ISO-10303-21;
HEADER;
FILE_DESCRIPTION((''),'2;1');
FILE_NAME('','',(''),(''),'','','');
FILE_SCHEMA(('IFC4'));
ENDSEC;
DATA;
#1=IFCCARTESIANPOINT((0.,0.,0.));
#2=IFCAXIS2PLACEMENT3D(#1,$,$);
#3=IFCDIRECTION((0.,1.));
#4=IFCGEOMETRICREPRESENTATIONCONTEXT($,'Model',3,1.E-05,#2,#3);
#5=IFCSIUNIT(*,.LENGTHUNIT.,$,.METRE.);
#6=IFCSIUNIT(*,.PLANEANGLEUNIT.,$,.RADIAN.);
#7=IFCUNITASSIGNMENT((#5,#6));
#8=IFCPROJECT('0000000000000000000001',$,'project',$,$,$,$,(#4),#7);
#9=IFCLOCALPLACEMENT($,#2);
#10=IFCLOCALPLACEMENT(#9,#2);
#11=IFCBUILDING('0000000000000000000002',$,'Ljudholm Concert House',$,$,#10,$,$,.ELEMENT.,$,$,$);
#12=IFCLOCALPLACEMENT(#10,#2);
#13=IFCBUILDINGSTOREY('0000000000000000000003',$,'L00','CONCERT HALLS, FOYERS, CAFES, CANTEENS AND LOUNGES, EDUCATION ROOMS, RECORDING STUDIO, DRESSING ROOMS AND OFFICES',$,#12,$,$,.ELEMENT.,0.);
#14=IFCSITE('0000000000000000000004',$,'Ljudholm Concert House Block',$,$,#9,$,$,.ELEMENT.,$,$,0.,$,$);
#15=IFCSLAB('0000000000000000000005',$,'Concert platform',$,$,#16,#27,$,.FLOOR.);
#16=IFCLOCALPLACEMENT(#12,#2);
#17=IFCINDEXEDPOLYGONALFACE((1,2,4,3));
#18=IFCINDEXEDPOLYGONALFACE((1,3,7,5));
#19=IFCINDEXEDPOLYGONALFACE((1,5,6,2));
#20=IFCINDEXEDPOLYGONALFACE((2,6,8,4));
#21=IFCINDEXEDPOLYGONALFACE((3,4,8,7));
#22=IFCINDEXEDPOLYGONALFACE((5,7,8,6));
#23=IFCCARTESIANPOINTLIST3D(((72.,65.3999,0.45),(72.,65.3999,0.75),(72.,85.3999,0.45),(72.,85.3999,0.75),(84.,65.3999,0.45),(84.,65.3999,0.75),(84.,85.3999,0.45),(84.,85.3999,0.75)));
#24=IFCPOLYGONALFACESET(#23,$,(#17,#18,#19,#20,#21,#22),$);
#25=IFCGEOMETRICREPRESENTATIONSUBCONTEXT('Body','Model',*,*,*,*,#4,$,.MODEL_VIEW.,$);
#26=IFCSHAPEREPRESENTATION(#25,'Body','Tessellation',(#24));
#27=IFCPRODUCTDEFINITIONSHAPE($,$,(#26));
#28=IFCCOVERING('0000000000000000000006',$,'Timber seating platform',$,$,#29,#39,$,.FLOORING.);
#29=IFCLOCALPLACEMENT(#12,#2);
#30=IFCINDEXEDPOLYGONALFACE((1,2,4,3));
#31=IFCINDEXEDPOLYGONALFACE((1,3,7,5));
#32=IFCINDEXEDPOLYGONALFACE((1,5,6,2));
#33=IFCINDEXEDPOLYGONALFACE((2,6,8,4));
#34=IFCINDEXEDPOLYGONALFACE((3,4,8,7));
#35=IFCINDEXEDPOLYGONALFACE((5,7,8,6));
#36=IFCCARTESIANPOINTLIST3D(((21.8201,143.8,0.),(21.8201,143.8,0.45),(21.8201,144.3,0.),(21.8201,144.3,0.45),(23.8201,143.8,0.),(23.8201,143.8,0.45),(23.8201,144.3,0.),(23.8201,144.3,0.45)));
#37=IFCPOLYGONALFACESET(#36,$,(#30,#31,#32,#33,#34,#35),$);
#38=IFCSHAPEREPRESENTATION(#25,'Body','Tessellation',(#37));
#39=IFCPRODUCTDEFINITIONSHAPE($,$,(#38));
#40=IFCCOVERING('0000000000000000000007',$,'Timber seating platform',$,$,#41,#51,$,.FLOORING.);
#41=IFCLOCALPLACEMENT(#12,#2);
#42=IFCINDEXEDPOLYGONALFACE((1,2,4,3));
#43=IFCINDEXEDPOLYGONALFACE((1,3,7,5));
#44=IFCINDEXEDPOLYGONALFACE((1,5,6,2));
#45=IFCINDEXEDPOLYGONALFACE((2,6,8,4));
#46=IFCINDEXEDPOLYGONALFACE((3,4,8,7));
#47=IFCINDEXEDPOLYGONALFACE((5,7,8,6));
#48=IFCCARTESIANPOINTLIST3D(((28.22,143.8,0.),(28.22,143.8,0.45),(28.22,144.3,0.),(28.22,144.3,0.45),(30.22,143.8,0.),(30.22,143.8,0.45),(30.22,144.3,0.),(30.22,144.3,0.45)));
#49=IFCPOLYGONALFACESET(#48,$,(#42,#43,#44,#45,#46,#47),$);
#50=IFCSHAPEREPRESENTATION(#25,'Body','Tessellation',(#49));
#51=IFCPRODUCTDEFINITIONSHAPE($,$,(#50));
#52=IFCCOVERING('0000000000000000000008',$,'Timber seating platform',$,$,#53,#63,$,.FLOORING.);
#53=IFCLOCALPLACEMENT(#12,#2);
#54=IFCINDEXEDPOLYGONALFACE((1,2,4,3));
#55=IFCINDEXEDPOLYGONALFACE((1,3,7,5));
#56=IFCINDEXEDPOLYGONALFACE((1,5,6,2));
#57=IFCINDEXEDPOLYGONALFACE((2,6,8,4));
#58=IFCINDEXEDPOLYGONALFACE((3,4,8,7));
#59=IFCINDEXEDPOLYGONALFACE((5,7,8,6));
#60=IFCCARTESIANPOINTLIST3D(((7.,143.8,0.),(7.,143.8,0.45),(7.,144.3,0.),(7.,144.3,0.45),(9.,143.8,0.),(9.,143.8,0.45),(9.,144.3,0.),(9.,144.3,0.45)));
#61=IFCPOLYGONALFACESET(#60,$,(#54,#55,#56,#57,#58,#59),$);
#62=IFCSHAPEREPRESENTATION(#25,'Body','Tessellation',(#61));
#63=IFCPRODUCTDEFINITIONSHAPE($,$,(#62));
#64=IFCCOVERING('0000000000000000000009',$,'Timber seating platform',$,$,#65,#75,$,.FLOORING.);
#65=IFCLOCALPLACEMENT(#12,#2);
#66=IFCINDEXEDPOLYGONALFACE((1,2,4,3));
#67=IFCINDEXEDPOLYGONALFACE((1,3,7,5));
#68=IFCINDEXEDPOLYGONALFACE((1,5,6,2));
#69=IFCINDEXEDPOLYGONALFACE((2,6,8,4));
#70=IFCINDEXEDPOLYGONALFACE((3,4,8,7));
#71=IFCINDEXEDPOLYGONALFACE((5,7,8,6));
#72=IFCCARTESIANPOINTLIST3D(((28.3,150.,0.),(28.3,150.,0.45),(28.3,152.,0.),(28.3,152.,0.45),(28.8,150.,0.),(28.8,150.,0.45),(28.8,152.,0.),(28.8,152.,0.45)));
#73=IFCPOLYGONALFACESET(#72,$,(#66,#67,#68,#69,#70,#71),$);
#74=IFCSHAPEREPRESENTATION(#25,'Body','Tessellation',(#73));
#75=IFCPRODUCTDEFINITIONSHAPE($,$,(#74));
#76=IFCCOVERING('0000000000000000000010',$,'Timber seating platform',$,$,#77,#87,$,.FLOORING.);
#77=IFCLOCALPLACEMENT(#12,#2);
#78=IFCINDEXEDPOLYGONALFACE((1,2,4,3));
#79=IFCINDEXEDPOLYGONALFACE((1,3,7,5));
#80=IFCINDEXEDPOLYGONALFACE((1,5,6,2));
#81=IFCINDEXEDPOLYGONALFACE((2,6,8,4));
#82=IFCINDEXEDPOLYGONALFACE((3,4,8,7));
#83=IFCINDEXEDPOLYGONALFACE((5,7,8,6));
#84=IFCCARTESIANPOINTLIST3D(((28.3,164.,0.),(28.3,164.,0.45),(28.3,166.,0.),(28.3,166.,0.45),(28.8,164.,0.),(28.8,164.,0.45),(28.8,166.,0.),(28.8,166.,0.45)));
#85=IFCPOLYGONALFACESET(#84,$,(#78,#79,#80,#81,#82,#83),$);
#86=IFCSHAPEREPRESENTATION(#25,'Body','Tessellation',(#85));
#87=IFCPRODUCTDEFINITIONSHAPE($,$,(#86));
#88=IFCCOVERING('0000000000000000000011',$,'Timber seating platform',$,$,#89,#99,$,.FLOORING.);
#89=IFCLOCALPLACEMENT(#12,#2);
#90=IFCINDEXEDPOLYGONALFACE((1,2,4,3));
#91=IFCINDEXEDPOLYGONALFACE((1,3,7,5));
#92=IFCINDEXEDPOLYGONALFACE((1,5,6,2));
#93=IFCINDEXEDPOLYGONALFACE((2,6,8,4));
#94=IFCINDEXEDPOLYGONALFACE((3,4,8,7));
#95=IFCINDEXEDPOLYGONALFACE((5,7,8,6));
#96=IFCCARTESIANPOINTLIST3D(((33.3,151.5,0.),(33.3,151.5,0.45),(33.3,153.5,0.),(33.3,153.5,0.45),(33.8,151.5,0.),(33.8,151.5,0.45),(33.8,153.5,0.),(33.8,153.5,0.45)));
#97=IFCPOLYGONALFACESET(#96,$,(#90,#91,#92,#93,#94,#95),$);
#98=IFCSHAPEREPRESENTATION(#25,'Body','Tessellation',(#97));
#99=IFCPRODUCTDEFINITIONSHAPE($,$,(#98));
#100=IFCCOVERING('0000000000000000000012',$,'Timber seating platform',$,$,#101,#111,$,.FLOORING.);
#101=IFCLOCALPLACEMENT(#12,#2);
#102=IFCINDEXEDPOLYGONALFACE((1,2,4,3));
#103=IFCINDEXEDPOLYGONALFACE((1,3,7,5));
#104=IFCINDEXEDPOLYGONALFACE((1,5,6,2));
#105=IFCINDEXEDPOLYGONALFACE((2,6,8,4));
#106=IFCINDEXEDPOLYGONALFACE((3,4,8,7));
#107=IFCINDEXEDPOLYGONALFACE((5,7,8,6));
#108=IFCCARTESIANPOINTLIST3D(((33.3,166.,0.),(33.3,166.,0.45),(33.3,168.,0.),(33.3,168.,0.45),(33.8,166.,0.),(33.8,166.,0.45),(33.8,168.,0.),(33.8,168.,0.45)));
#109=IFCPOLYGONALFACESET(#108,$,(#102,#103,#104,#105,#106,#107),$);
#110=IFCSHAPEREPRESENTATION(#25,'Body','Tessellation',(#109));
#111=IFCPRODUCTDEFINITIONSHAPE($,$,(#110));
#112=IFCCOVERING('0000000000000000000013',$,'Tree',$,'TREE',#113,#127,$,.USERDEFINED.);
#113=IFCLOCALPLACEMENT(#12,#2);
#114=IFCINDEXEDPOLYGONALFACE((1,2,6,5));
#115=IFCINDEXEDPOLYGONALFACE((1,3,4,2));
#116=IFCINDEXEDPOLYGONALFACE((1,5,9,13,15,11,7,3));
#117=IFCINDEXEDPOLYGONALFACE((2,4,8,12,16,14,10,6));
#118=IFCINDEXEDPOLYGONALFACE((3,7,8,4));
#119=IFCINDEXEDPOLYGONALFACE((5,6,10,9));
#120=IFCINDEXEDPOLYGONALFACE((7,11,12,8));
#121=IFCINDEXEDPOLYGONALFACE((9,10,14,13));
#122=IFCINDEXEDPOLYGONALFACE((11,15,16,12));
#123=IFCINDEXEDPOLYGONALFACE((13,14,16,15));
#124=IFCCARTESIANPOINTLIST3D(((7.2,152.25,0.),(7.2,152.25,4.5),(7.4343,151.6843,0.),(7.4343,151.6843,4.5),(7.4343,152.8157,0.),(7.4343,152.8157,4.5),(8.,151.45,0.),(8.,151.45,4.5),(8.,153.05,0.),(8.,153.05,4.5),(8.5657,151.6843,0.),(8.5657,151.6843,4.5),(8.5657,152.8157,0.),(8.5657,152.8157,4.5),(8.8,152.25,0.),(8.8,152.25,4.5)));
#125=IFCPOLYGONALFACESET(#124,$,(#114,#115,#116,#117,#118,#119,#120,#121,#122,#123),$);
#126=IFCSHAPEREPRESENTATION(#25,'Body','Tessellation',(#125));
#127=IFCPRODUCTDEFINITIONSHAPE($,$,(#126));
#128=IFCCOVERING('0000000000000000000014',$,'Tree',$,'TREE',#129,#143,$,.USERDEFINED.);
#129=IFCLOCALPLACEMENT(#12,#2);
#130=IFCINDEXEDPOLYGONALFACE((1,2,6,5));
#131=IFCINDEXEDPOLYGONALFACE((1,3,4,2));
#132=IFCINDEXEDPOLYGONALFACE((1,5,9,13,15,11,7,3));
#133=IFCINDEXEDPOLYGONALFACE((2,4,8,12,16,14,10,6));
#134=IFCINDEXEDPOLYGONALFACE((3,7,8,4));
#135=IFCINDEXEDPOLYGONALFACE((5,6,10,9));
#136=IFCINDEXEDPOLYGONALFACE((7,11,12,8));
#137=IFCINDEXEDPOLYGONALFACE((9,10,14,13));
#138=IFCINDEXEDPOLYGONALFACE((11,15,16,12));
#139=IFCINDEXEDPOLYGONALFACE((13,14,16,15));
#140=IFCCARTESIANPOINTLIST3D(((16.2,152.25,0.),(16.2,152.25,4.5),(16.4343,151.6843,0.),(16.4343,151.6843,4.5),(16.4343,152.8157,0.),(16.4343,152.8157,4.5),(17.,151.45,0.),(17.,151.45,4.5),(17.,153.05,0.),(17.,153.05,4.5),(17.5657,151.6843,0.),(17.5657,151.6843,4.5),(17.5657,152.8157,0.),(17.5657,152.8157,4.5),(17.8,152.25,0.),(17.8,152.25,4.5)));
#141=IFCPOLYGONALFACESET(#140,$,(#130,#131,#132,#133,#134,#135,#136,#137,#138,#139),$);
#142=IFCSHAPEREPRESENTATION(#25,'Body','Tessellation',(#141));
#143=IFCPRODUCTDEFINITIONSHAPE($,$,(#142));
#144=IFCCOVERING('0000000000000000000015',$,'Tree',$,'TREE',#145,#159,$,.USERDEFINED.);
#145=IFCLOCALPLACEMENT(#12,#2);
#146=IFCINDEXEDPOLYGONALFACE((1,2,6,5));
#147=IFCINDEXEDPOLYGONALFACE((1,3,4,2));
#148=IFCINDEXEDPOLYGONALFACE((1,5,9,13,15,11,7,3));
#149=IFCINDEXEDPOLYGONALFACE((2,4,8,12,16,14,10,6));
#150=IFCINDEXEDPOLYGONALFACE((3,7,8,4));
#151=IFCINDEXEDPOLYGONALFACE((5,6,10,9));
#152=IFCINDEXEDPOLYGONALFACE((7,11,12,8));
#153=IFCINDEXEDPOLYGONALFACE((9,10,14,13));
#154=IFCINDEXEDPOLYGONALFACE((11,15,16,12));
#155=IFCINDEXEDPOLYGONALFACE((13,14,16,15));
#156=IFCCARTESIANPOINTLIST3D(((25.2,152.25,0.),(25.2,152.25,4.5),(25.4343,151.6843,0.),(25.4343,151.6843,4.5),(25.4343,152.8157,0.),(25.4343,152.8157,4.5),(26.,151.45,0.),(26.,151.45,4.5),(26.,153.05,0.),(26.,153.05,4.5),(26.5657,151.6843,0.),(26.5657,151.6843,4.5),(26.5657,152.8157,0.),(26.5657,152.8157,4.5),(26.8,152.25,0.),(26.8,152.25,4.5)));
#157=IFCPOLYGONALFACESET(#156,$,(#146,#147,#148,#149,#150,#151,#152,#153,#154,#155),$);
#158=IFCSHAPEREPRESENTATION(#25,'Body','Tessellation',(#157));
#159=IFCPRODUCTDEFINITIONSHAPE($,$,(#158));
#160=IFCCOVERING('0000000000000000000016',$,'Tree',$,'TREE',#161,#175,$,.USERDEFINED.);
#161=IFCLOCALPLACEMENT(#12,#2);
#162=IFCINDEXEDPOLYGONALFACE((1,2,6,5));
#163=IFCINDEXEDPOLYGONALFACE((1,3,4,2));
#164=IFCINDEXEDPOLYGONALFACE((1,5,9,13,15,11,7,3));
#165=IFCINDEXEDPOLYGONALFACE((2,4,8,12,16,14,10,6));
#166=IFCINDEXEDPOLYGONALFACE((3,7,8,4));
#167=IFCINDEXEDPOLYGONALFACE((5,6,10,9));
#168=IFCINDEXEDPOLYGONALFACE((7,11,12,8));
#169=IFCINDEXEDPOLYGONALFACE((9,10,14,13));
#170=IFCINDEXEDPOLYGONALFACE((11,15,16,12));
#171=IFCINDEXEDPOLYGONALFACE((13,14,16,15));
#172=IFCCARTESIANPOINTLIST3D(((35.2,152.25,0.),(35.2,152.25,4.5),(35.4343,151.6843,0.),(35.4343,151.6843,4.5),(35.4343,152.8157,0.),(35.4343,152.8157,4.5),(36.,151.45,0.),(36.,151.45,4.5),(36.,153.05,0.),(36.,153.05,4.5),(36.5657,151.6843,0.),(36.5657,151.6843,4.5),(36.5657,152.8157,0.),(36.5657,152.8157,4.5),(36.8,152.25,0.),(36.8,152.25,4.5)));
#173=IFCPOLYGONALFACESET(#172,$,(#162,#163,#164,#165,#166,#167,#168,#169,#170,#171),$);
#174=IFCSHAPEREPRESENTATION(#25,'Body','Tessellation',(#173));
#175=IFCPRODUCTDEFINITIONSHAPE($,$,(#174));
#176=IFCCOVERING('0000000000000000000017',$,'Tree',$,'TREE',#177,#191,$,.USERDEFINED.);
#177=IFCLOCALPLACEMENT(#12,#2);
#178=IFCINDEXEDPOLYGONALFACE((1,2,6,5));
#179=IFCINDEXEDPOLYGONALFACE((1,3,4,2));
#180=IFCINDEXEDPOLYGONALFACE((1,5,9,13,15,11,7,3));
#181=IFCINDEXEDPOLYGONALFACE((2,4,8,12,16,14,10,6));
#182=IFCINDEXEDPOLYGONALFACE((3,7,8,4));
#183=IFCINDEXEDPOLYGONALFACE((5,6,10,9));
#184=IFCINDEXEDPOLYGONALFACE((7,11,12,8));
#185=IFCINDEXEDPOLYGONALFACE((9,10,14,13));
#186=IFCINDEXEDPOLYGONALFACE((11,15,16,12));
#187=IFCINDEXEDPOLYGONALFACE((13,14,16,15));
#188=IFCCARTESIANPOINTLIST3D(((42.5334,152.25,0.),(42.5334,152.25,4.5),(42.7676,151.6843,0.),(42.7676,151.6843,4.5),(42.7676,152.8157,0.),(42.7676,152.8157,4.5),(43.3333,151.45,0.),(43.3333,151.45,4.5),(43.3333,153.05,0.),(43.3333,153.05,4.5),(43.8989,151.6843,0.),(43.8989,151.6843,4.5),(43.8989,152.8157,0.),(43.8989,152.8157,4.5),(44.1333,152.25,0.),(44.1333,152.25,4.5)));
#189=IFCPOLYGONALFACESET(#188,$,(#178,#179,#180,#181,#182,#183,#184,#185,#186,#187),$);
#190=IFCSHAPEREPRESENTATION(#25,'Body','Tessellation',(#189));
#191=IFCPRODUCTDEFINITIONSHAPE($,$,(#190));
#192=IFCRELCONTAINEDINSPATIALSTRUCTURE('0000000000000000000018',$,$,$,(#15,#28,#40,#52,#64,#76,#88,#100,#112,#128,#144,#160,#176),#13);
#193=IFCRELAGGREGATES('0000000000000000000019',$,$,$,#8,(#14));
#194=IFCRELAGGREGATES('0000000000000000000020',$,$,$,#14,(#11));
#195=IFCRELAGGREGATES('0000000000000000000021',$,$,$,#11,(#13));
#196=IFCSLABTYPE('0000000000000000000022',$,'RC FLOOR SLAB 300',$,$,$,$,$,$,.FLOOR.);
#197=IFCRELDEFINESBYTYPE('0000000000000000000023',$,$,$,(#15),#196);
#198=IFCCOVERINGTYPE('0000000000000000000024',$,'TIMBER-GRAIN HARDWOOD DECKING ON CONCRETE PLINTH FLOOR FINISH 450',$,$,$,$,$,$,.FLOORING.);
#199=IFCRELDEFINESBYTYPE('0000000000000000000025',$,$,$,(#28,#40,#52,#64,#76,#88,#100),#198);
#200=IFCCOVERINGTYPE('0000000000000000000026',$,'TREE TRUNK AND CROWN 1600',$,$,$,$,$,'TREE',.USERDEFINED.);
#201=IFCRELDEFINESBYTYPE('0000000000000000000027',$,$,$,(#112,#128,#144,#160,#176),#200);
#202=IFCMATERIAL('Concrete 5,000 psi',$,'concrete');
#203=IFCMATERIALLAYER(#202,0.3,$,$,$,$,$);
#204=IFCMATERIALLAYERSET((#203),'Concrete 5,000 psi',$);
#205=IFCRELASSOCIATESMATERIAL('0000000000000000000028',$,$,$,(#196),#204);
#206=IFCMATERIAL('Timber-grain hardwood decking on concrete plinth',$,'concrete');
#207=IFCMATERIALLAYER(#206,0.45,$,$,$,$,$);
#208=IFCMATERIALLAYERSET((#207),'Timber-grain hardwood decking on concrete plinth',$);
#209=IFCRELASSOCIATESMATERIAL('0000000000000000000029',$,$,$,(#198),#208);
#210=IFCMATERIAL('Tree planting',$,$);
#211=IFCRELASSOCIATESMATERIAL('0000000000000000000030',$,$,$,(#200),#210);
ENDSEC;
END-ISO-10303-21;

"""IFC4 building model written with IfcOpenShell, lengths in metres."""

from ifc_helpers import new_model, si_unit, direction, frame, origin, place, context, subcontext, project, spatial, polyline, outline, extrude, material, layer, layer_set, type_object, element, save


model = new_model("IFC4")

# Units and contexts
model_context = context("Model", 3, precision=1e-05, world=origin(), true_north=direction((0.0, 1.0)))
body_context = subcontext(model_context, "Body", "Model", "MODEL_VIEW")
ifc_project = project(units=[si_unit("LENGTHUNIT", "METRE"), si_unit("PLANEANGLEUNIT", "RADIAN")], contexts=[model_context])

# Site, building, storey
site_placement = place(None, origin())
site = spatial("IfcSite", under=ifc_project, at=site_placement, Name="Ljudholm Concert House Block", CompositionType="ELEMENT", RefElevation=0.0)
building_placement = place(site_placement, origin())
building = spatial("IfcBuilding", under=site, at=building_placement, Name="Ljudholm Concert House", CompositionType="ELEMENT")
storey_placement = place(building_placement, origin())
storey = spatial("IfcBuildingStorey", under=building, at=storey_placement, Name="L00", Description="CONCERT HALLS, FOYERS, CAFES, CANTEENS AND LOUNGES, EDUCATION ROOMS, RECORDING STUDIO, DRESSING ROOMS AND OFFICES", CompositionType="ELEMENT", Elevation=0.0)

# Slab
ifc_material_1 = material(Name="Concrete 5,000 psi", Category="concrete")
ifc_layer_1 = layer(ifc_material_1, 0.3)
ifc_layer_set_1 = layer_set([ifc_layer_1], Name="Concrete 5,000 psi")
slab_type = type_object("IfcSlabType", Name="RC FLOOR SLAB 300", PredefinedType="FLOOR", material=ifc_layer_set_1)
slab_placement = place(storey_placement, frame((0.0, 0.0, 0.45)))
element("IfcSlab", 1, at=slab_placement, inside=storey, type_object=slab_type, Name="Concert platform", PredefinedType="FLOOR", context=body_context, shape_type="SweptSolid", body=[
    extrude(outline(polyline([(72.0, 65.3999), (84.0, 65.3999), (84.0, 85.3999), (72.0, 85.3999), (72.0, 65.3999)])), origin(), (0.0, 0.0, 1.0), 0.3),
])

# Coverings
ifc_material_2 = material(Name="Timber-grain hardwood decking on concrete plinth", Category="concrete")
ifc_layer_2 = layer(ifc_material_2, 0.45)
ifc_layer_set_2 = layer_set([ifc_layer_2], Name="Timber-grain hardwood decking on concrete plinth")
covering_type_1 = type_object("IfcCoveringType", Name="TIMBER-GRAIN HARDWOOD DECKING ON CONCRETE PLINTH FLOOR FINISH 450", PredefinedType="FLOORING", material=ifc_layer_set_2)
covering_1_placement = place(storey_placement, origin())
element("IfcCovering", 2, at=covering_1_placement, inside=storey, type_object=covering_type_1, Name="Timber seating platform", PredefinedType="FLOORING", context=body_context, shape_type="SweptSolid", body=[
    extrude(outline(polyline([(21.8201, 143.8), (23.8201, 143.8), (23.8201, 144.3), (21.8201, 144.3), (21.8201, 143.8)])), origin(), (0.0, 0.0, 1.0), 0.45),
])
covering_2_placement = place(storey_placement, origin())
element("IfcCovering", 3, at=covering_2_placement, inside=storey, type_object=covering_type_1, Name="Timber seating platform", PredefinedType="FLOORING", context=body_context, shape_type="SweptSolid", body=[
    extrude(outline(polyline([(28.22, 143.8), (30.22, 143.8), (30.22, 144.3), (28.22, 144.3), (28.22, 143.8)])), origin(), (0.0, 0.0, 1.0), 0.45),
])
covering_3_placement = place(storey_placement, origin())
element("IfcCovering", 4, at=covering_3_placement, inside=storey, type_object=covering_type_1, Name="Timber seating platform", PredefinedType="FLOORING", context=body_context, shape_type="SweptSolid", body=[
    extrude(outline(polyline([(7.0, 143.8), (9.0, 143.8), (9.0, 144.3), (7.0, 144.3), (7.0, 143.8)])), origin(), (0.0, 0.0, 1.0), 0.45),
])
covering_4_placement = place(storey_placement, origin())
element("IfcCovering", 5, at=covering_4_placement, inside=storey, type_object=covering_type_1, Name="Timber seating platform", PredefinedType="FLOORING", context=body_context, shape_type="SweptSolid", body=[
    extrude(outline(polyline([(28.3, 150.0), (28.8, 150.0), (28.8, 152.0), (28.3, 152.0), (28.3, 150.0)])), origin(), (0.0, 0.0, 1.0), 0.45),
])
covering_5_placement = place(storey_placement, origin())
element("IfcCovering", 6, at=covering_5_placement, inside=storey, type_object=covering_type_1, Name="Timber seating platform", PredefinedType="FLOORING", context=body_context, shape_type="SweptSolid", body=[
    extrude(outline(polyline([(28.3, 164.0), (28.8, 164.0), (28.8, 166.0), (28.3, 166.0), (28.3, 164.0)])), origin(), (0.0, 0.0, 1.0), 0.45),
])
covering_6_placement = place(storey_placement, origin())
element("IfcCovering", 7, at=covering_6_placement, inside=storey, type_object=covering_type_1, Name="Timber seating platform", PredefinedType="FLOORING", context=body_context, shape_type="SweptSolid", body=[
    extrude(outline(polyline([(33.3, 151.5), (33.8, 151.5), (33.8, 153.5), (33.3, 153.5), (33.3, 151.5)])), origin(), (0.0, 0.0, 1.0), 0.45),
])
covering_7_placement = place(storey_placement, origin())
element("IfcCovering", 8, at=covering_7_placement, inside=storey, type_object=covering_type_1, Name="Timber seating platform", PredefinedType="FLOORING", context=body_context, shape_type="SweptSolid", body=[
    extrude(outline(polyline([(33.3, 166.0), (33.8, 166.0), (33.8, 168.0), (33.3, 168.0), (33.3, 166.0)])), origin(), (0.0, 0.0, 1.0), 0.45),
])
ifc_material_3 = material(Name="Tree planting")
covering_type_2 = type_object("IfcCoveringType", Name="TREE TRUNK AND CROWN 1600", ElementType="TREE", PredefinedType="USERDEFINED", material=ifc_material_3)
covering_8_placement = place(storey_placement, origin())
element("IfcCovering", 9, at=covering_8_placement, inside=storey, type_object=covering_type_2, Name="Tree", ObjectType="TREE", PredefinedType="USERDEFINED", context=body_context, shape_type="SweptSolid", body=[
    extrude(outline(polyline([(8.8, 152.25), (8.5657, 152.8157), (8.0, 153.05), (7.4343, 152.8157), (7.2, 152.25), (7.4343, 151.6843), (8.0, 151.45), (8.5657, 151.6843), (8.8, 152.25)])), origin(), (0.0, 0.0, 1.0), 4.5),
])
covering_9_placement = place(storey_placement, origin())
element("IfcCovering", 10, at=covering_9_placement, inside=storey, type_object=covering_type_2, Name="Tree", ObjectType="TREE", PredefinedType="USERDEFINED", context=body_context, shape_type="SweptSolid", body=[
    extrude(outline(polyline([(17.8, 152.25), (17.5657, 152.8157), (17.0, 153.05), (16.4343, 152.8157), (16.2, 152.25), (16.4343, 151.6843), (17.0, 151.45), (17.5657, 151.6843), (17.8, 152.25)])), origin(), (0.0, 0.0, 1.0), 4.5),
])
covering_10_placement = place(storey_placement, origin())
element("IfcCovering", 11, at=covering_10_placement, inside=storey, type_object=covering_type_2, Name="Tree", ObjectType="TREE", PredefinedType="USERDEFINED", context=body_context, shape_type="SweptSolid", body=[
    extrude(outline(polyline([(26.8, 152.25), (26.5657, 152.8157), (26.0, 153.05), (25.4343, 152.8157), (25.2, 152.25), (25.4343, 151.6843), (26.0, 151.45), (26.5657, 151.6843), (26.8, 152.25)])), origin(), (0.0, 0.0, 1.0), 4.5),
])
covering_11_placement = place(storey_placement, origin())
element("IfcCovering", 12, at=covering_11_placement, inside=storey, type_object=covering_type_2, Name="Tree", ObjectType="TREE", PredefinedType="USERDEFINED", context=body_context, shape_type="SweptSolid", body=[
    extrude(outline(polyline([(36.8, 152.25), (36.5657, 152.8157), (36.0, 153.05), (35.4343, 152.8157), (35.2, 152.25), (35.4343, 151.6843), (36.0, 151.45), (36.5657, 151.6843), (36.8, 152.25)])), origin(), (0.0, 0.0, 1.0), 4.5),
])
covering_12_placement = place(storey_placement, origin())
element("IfcCovering", 13, at=covering_12_placement, inside=storey, type_object=covering_type_2, Name="Tree", ObjectType="TREE", PredefinedType="USERDEFINED", context=body_context, shape_type="SweptSolid", body=[
    extrude(outline(polyline([(44.1333, 152.25), (43.8989, 152.8157), (43.3333, 153.05), (42.7676, 152.8157), (42.5334, 152.25), (42.7676, 151.6843), (43.3333, 151.45), (43.8989, 151.6843), (44.1333, 152.25)])), origin(), (0.0, 0.0, 1.0), 4.5),
])

save(model, "model.ifc")
